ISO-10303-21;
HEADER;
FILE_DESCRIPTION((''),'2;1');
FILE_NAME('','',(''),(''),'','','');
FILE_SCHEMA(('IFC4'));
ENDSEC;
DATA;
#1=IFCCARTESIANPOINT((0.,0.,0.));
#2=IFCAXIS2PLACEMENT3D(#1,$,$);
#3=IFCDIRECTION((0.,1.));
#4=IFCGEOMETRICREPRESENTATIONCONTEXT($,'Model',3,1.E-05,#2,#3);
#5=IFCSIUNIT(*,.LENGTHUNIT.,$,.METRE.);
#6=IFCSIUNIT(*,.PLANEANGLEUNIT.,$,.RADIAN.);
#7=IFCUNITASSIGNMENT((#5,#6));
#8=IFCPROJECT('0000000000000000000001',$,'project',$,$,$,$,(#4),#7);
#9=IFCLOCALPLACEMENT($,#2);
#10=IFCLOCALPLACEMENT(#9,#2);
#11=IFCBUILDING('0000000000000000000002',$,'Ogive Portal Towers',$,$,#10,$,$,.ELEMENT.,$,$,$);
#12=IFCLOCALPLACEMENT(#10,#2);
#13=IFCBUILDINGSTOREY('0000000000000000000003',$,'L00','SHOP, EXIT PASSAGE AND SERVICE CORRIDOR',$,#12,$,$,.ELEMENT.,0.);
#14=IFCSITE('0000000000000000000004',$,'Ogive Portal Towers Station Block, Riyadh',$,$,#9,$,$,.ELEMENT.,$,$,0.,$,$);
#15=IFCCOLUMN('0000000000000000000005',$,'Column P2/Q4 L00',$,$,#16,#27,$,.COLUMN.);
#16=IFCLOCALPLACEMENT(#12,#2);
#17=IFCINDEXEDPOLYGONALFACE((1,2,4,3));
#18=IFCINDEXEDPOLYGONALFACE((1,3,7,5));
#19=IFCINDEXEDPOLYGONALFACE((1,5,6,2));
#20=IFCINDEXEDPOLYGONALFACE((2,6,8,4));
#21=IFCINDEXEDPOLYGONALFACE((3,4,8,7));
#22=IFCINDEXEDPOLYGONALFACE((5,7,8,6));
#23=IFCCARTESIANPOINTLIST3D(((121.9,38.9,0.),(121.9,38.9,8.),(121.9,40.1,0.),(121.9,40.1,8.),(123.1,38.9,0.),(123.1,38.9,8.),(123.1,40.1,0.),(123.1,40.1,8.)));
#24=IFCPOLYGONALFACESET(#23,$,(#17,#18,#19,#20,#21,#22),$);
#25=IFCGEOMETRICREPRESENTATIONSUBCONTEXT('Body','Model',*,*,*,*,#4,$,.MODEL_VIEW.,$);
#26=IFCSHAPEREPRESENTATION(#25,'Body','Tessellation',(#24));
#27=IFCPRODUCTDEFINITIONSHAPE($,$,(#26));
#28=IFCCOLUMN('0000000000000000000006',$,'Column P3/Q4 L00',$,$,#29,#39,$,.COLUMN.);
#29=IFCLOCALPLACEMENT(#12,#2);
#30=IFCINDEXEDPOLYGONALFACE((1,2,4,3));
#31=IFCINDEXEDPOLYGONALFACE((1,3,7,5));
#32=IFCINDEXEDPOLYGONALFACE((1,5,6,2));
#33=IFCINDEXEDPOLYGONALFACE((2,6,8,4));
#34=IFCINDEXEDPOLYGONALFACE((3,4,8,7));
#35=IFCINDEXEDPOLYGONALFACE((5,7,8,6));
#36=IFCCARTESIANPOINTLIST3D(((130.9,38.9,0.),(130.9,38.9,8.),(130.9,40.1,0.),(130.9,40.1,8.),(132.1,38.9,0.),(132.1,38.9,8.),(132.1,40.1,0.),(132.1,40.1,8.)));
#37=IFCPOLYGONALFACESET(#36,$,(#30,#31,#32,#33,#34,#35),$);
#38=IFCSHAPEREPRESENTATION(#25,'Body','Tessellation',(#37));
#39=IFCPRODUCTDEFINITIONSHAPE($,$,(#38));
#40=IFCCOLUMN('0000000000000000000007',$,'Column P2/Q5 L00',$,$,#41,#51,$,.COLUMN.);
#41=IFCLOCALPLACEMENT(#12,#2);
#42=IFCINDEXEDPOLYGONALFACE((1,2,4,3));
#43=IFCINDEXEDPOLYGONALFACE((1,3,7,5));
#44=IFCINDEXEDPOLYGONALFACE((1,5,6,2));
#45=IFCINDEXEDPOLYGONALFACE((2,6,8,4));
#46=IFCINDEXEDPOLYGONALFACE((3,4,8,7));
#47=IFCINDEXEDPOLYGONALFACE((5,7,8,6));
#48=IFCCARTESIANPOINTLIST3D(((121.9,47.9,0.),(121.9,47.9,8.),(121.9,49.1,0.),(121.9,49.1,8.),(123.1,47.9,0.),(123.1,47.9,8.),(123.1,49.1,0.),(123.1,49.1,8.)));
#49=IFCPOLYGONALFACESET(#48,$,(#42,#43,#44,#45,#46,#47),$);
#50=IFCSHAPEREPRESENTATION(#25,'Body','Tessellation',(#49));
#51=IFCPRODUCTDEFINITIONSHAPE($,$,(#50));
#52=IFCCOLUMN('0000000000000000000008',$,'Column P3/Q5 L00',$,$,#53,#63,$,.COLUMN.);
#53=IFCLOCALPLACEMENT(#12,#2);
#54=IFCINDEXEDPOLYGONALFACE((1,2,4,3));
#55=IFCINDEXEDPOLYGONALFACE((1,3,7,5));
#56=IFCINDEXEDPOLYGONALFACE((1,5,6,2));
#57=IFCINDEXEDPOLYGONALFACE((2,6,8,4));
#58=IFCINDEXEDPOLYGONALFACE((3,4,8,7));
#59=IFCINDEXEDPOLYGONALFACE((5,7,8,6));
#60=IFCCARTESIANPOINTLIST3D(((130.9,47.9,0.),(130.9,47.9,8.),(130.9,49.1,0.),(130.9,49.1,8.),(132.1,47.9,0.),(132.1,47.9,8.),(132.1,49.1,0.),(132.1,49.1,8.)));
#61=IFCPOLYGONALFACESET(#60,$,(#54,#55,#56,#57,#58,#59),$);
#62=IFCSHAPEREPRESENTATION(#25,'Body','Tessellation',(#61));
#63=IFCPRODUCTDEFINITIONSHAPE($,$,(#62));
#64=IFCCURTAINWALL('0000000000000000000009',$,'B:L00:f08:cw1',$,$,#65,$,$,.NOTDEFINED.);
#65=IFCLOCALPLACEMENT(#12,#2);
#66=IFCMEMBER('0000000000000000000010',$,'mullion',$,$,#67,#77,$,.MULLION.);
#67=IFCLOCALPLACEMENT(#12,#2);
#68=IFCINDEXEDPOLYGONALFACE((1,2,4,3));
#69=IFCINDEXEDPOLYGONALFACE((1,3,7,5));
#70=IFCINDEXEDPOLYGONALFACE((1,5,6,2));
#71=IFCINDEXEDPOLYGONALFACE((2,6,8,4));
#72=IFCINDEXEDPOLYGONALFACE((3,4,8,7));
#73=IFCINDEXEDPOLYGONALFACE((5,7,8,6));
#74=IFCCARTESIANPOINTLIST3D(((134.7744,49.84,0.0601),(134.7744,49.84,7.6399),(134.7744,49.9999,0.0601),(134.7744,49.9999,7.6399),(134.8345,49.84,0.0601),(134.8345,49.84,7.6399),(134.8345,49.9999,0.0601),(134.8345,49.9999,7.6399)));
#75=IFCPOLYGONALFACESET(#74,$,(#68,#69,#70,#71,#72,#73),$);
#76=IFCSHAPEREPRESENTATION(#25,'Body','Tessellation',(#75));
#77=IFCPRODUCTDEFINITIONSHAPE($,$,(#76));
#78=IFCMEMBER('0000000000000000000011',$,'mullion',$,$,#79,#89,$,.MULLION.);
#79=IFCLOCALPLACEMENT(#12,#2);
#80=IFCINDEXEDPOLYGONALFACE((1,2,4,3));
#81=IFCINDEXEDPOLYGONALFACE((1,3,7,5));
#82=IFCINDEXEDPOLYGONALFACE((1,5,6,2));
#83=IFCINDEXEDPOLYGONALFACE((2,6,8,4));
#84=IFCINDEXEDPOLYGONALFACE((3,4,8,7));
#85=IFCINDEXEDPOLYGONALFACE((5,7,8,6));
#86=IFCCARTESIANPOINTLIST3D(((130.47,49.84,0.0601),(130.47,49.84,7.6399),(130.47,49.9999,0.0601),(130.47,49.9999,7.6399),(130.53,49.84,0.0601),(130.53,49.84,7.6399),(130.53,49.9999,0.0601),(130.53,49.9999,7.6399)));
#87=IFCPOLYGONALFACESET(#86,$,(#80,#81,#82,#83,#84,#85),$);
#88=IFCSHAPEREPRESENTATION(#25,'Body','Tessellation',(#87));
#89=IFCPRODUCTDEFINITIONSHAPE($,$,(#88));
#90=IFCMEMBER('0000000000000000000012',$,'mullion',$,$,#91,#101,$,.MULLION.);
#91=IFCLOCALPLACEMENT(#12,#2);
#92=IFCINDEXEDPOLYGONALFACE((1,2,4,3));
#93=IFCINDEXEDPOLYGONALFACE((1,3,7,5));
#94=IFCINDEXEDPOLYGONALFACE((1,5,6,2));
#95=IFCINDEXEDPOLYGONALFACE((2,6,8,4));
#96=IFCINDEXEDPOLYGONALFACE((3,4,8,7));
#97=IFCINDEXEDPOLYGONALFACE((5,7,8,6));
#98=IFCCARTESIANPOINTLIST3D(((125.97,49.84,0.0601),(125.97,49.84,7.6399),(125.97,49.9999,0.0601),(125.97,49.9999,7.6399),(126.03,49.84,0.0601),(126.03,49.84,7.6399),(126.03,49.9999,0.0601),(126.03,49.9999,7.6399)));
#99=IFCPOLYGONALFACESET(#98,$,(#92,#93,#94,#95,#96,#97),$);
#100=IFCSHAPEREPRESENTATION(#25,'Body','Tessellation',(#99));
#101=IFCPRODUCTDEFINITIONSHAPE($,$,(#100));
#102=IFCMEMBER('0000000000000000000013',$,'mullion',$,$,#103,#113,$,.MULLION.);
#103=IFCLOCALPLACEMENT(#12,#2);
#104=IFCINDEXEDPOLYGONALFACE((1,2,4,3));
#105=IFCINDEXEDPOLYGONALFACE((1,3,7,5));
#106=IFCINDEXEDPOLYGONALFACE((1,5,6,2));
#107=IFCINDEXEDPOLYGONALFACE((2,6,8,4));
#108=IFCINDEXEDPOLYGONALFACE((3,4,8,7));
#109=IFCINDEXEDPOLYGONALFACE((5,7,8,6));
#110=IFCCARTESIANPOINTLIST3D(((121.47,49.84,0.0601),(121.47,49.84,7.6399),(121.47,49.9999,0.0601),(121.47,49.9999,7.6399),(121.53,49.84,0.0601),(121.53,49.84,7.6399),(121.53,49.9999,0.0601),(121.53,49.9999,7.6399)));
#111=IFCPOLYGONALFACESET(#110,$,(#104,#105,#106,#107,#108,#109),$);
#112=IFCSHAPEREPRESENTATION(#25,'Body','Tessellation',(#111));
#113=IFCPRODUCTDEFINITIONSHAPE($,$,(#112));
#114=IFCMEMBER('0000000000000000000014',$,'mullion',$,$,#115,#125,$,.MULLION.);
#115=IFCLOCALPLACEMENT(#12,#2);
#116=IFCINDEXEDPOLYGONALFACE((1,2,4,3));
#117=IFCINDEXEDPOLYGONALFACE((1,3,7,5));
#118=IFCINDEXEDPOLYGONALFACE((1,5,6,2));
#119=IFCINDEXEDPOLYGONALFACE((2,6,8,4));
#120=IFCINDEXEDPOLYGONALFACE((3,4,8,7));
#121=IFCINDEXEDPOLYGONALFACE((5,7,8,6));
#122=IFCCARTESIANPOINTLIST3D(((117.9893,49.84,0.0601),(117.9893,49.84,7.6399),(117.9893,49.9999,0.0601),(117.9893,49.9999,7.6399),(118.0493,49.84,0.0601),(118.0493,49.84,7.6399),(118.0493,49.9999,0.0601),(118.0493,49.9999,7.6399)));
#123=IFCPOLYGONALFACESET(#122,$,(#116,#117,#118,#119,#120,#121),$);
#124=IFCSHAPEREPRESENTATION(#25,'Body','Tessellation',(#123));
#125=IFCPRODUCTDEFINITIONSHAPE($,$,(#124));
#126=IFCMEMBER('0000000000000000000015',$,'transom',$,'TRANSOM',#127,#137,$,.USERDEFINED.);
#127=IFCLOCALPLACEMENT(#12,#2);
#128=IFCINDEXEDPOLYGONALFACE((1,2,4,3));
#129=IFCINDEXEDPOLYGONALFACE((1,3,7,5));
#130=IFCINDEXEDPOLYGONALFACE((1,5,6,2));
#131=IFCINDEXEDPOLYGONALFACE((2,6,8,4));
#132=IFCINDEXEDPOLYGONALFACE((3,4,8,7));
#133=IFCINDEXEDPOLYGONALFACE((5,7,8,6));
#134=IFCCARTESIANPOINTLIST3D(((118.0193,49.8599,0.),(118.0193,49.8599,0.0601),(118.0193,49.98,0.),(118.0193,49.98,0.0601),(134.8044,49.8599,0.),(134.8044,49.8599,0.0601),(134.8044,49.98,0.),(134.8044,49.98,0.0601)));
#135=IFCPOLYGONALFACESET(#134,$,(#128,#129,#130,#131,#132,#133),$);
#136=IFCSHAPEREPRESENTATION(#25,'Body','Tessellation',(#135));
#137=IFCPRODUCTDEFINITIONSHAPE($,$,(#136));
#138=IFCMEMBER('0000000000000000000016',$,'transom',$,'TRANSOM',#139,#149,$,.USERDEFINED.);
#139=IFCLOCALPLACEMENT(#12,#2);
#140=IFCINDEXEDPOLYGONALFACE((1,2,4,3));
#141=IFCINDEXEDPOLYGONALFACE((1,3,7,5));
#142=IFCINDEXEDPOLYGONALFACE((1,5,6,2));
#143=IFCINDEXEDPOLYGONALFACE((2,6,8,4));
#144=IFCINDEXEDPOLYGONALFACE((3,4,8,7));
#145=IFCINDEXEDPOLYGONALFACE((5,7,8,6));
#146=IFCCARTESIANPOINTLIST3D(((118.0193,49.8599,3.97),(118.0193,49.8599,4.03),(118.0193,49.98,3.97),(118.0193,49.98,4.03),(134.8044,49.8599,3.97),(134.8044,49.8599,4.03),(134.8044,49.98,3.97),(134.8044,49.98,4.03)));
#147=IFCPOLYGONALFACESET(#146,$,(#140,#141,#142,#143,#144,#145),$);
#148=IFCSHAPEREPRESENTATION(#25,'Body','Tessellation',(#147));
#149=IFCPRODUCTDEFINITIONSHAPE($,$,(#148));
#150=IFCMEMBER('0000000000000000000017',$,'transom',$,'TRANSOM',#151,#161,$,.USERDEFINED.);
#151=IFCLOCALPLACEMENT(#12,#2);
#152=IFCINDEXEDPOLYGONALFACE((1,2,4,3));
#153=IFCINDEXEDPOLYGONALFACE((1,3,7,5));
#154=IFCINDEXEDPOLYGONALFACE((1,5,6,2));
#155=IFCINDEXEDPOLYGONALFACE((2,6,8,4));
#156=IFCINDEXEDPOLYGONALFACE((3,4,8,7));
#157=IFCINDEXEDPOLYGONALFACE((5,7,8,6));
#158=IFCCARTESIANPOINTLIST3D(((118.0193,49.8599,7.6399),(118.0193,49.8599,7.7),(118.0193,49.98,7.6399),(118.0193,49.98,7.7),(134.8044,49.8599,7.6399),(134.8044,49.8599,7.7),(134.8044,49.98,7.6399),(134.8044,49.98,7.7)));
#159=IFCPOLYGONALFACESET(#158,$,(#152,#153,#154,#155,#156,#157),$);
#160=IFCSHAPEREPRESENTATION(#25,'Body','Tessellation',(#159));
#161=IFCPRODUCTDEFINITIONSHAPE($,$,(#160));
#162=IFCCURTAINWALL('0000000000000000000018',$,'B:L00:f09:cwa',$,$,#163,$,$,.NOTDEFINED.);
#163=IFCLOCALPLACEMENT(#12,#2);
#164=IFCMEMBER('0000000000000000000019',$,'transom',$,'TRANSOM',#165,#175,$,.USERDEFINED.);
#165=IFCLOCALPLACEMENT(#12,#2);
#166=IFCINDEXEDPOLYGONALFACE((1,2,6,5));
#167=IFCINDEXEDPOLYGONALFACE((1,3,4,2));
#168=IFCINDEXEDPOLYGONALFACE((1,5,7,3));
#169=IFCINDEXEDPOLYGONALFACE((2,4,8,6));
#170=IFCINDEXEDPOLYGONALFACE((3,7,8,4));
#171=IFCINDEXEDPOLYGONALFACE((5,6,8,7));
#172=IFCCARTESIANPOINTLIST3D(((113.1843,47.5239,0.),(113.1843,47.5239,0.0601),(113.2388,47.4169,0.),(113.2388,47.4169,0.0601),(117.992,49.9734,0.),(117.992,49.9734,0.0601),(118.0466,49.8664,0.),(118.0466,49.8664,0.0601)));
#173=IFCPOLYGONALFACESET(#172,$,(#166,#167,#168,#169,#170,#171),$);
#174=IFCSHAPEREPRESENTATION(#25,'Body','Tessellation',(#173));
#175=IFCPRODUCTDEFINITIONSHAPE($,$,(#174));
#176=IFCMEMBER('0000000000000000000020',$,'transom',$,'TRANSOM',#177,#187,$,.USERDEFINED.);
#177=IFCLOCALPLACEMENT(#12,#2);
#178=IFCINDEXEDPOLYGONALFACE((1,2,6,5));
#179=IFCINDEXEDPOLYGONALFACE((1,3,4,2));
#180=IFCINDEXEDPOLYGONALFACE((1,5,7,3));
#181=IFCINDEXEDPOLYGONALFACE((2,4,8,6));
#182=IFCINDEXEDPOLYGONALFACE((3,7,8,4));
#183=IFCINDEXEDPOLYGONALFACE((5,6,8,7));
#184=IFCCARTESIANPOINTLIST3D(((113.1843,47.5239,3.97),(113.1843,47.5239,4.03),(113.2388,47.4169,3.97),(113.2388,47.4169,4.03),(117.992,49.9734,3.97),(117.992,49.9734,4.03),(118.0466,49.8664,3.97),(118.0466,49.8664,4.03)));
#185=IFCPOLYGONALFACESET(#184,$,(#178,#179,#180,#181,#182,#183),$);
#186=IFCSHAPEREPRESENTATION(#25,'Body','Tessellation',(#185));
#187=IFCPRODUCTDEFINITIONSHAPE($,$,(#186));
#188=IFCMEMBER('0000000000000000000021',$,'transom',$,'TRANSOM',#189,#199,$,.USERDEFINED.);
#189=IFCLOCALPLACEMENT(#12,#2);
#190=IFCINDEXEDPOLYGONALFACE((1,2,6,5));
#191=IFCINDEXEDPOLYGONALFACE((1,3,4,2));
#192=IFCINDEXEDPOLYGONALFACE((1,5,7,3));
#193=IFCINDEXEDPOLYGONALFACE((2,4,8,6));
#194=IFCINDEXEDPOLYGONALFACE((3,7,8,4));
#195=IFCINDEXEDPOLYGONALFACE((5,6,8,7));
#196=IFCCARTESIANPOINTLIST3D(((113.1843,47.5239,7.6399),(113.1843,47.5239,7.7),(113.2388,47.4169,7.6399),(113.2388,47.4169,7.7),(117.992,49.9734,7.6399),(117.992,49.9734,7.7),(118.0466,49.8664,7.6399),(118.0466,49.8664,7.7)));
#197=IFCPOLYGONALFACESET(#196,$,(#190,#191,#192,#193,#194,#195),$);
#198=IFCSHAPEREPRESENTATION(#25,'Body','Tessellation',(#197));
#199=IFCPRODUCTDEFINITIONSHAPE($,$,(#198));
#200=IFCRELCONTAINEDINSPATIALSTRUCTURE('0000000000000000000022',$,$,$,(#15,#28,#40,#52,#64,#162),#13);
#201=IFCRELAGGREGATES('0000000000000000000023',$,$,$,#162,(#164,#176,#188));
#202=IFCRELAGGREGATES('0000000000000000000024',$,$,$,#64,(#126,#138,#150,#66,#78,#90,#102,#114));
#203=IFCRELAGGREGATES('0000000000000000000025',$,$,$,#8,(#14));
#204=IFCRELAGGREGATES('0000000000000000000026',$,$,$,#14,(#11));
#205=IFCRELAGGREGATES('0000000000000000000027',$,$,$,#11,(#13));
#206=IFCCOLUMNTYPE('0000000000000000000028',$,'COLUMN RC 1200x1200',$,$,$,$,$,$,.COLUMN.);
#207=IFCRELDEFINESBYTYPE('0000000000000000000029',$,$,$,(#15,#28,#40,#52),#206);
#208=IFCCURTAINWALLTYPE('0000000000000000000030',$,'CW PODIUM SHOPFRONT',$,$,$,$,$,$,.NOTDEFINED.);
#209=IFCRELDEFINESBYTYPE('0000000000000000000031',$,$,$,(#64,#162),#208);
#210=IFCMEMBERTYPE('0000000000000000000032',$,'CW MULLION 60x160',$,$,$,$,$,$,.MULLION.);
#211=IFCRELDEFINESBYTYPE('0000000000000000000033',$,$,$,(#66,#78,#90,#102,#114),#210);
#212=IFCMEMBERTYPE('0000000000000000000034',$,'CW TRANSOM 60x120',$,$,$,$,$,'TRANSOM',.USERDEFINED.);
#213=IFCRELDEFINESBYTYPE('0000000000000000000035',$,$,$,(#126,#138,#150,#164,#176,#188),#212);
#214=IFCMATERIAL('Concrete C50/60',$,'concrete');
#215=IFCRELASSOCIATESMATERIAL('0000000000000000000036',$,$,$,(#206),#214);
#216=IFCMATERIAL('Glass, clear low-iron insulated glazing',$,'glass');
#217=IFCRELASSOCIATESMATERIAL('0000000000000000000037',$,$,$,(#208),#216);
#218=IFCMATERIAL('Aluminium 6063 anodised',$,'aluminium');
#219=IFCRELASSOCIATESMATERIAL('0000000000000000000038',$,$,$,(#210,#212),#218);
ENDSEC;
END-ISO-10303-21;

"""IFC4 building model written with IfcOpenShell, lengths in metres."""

from ifc_helpers import new_model, si_unit, direction, frame, origin, origin_2d, place, context, subcontext, project, spatial, rectangle, extrude, material, material_profile, profile_set, type_object, element, aggregate, save


model = new_model("IFC4")

# Units and contexts
model_context = context("Model", 3, precision=1e-05, world=origin(), true_north=direction((0.0, 1.0)))
body_context = subcontext(model_context, "Body", "Model", "MODEL_VIEW")
ifc_project = project(units=[si_unit("LENGTHUNIT", "METRE"), si_unit("PLANEANGLEUNIT", "RADIAN")], contexts=[model_context])

# Site, building, storey
site_placement = place(None, origin())
site = spatial("IfcSite", under=ifc_project, at=site_placement, Name="Ogive Portal Towers Station Block, Riyadh", CompositionType="ELEMENT", RefElevation=0.0)
building_placement = place(site_placement, origin())
building = spatial("IfcBuilding", under=site, at=building_placement, Name="Ogive Portal Towers", CompositionType="ELEMENT")
storey_placement = place(building_placement, origin())
storey = spatial("IfcBuildingStorey", under=building, at=storey_placement, Name="L00", Description="SHOP, EXIT PASSAGE AND SERVICE CORRIDOR", CompositionType="ELEMENT", Elevation=0.0)

# Columns
ifc_material_1 = material(Name="Concrete C50/60", Category="concrete")
ifc_material_profile_1 = material_profile(ifc_material_1, rectangle(XDim=1.2, YDim=1.2, at=origin_2d()), Name="RC 1200x1200")
ifc_profile_set_1 = profile_set([ifc_material_profile_1], Name="Concrete C50/60")
column_type = type_object("IfcColumnType", Name="COLUMN RC 1200x1200", PredefinedType="COLUMN", material=ifc_profile_set_1)
for number, where, z_axis, x_axis, name in (
    (1, (122.5, 39.5, 0.0), (0.0, 0.0, 1.0), (1.0, 0.0, 0.0), "Column P2/Q4 L00"),
    (2, (131.5, 39.5, 0.0), (0.0, 0.0, 1.0), (1.0, 0.0, 0.0), "Column P3/Q4 L00"),
    (3, (122.5, 48.5, 0.0), (0.0, 0.0, 1.0), (1.0, 0.0, 0.0), "Column P2/Q5 L00"),
    (4, (131.5, 48.5, 0.0), (0.0, 0.0, 1.0), (1.0, 0.0, 0.0), "Column P3/Q5 L00"),
):
    element("IfcColumn", number, at=place(storey_placement, frame(where, z_axis=z_axis, x_axis=x_axis)), inside=storey, type_object=column_type, Name=name, PredefinedType="COLUMN", context=body_context, shape_type="SweptSolid", body=[
        extrude(rectangle(XDim=1.2, YDim=1.2, at=origin_2d()), origin(), (0.0, 0.0, 1.0), 8.0),
    ])

# Curtain walls, members
ifc_material_2 = material(Name="Glass, clear low-iron insulated glazing", Category="glass")
curtain_wall_type = type_object("IfcCurtainWallType", Name="CW PODIUM SHOPFRONT", PredefinedType="NOTDEFINED", material=ifc_material_2)
curtain_wall_1_placement = place(storey_placement, origin())
curtain_wall_1 = element("IfcCurtainWall", 5, at=curtain_wall_1_placement, inside=storey, type_object=curtain_wall_type, Name="B:L00:f08:cw1", PredefinedType="NOTDEFINED")
ifc_material_3 = material(Name="Aluminium 6063 anodised", Category="aluminium")
ifc_material_profile_2 = material_profile(ifc_material_3, rectangle(XDim=0.1599, YDim=0.0601, at=origin_2d()), Name="AL 60x160")
ifc_profile_set_2 = profile_set([ifc_material_profile_2], Name="Aluminium 6063 anodised")
member_type_1 = type_object("IfcMemberType", Name="CW MULLION 60x160", PredefinedType="MULLION", material=ifc_profile_set_2)
member_1_placement = place(storey_placement, frame((134.8044, 49.9199, 0.0601), z_axis=(0.0, 0.0, 1.0), x_axis=(0.0, -1.0, 0.0)))
member_1 = element("IfcMember", 6, at=member_1_placement, type_object=member_type_1, Name="mullion", PredefinedType="MULLION", context=body_context, shape_type="SweptSolid", body=[
    extrude(rectangle(XDim=0.1599, YDim=0.0601, at=origin_2d()), origin(), (0.0, 0.0, 1.0), 7.5798),
])
member_2_placement = place(storey_placement, frame((130.5, 49.9199, 0.0601), z_axis=(0.0, 0.0, 1.0), x_axis=(0.0, -1.0, 0.0)))
member_2 = element("IfcMember", 7, at=member_2_placement, type_object=member_type_1, Name="mullion", PredefinedType="MULLION", context=body_context, shape_type="SweptSolid", body=[
    extrude(rectangle(XDim=0.1599, YDim=0.0601, at=origin_2d()), origin(), (0.0, 0.0, 1.0), 7.5798),
])
member_3_placement = place(storey_placement, frame((126.0, 49.9199, 0.0601), z_axis=(0.0, 0.0, 1.0), x_axis=(0.0, -1.0, 0.0)))
member_3 = element("IfcMember", 8, at=member_3_placement, type_object=member_type_1, Name="mullion", PredefinedType="MULLION", context=body_context, shape_type="SweptSolid", body=[
    extrude(rectangle(XDim=0.1599, YDim=0.0601, at=origin_2d()), origin(), (0.0, 0.0, 1.0), 7.5798),
])
member_4_placement = place(storey_placement, frame((121.5, 49.9199, 0.0601), z_axis=(0.0, 0.0, 1.0), x_axis=(0.0, -1.0, 0.0)))
member_4 = element("IfcMember", 9, at=member_4_placement, type_object=member_type_1, Name="mullion", PredefinedType="MULLION", context=body_context, shape_type="SweptSolid", body=[
    extrude(rectangle(XDim=0.1599, YDim=0.0601, at=origin_2d()), origin(), (0.0, 0.0, 1.0), 7.5798),
])
member_5_placement = place(storey_placement, frame((118.0193, 49.9199, 0.0601), z_axis=(0.0, 0.0, 1.0), x_axis=(0.0, -1.0, 0.0)))
member_5 = element("IfcMember", 10, at=member_5_placement, type_object=member_type_1, Name="mullion", PredefinedType="MULLION", context=body_context, shape_type="SweptSolid", body=[
    extrude(rectangle(XDim=0.1599, YDim=0.0601, at=origin_2d()), origin(), (0.0, 0.0, 1.0), 7.5798),
])
ifc_material_profile_3 = material_profile(ifc_material_3, rectangle(XDim=0.1201, YDim=0.0601, at=origin_2d()), Name="AL 120x60")
ifc_profile_set_3 = profile_set([ifc_material_profile_3], Name="Aluminium 6063 anodised")
member_type_2 = type_object("IfcMemberType", Name="CW TRANSOM 60x120", ElementType="TRANSOM", PredefinedType="USERDEFINED", material=ifc_profile_set_3)
member_6_placement = place(storey_placement, frame((134.8044, 49.9199, 0.03), z_axis=(-1.0, 0.0, 0.0), x_axis=(0.0, -1.0, 0.0)))
member_6 = element("IfcMember", 11, at=member_6_placement, type_object=member_type_2, Name="transom", ObjectType="TRANSOM", PredefinedType="USERDEFINED", context=body_context, shape_type="SweptSolid", body=[
    extrude(rectangle(XDim=0.1201, YDim=0.0601, at=origin_2d()), origin(), (0.0, 0.0, 1.0), 16.7852),
])
member_7_placement = place(storey_placement, frame((134.8044, 49.9199, 4.0), z_axis=(-1.0, 0.0, 0.0), x_axis=(0.0, -1.0, 0.0)))
member_7 = element("IfcMember", 12, at=member_7_placement, type_object=member_type_2, Name="transom", ObjectType="TRANSOM", PredefinedType="USERDEFINED", context=body_context, shape_type="SweptSolid", body=[
    extrude(rectangle(XDim=0.1201, YDim=0.0601, at=origin_2d()), origin(), (0.0, 0.0, 1.0), 16.7852),
])
member_8_placement = place(storey_placement, frame((134.8044, 49.9199, 7.6699), z_axis=(-1.0, 0.0, 0.0), x_axis=(0.0, -1.0, 0.0)))
member_8 = element("IfcMember", 13, at=member_8_placement, type_object=member_type_2, Name="transom", ObjectType="TRANSOM", PredefinedType="USERDEFINED", context=body_context, shape_type="SweptSolid", body=[
    extrude(rectangle(XDim=0.1201, YDim=0.0601, at=origin_2d()), origin(), (0.0, 0.0, 1.0), 16.7852),
])
curtain_wall_2_placement = place(storey_placement, origin())
curtain_wall_2 = element("IfcCurtainWall", 14, at=curtain_wall_2_placement, inside=storey, type_object=curtain_wall_type, Name="B:L00:f09:cwa", PredefinedType="NOTDEFINED")
member_9_placement = place(storey_placement, frame((118.0193, 49.9199, 0.03), z_axis=(-0.891017, -0.45397, 0.0), x_axis=(0.45397, -0.891017, 0.0)))
member_9 = element("IfcMember", 15, at=member_9_placement, type_object=member_type_2, Name="transom", ObjectType="TRANSOM", PredefinedType="USERDEFINED", context=body_context, shape_type="SweptSolid", body=[
    extrude(rectangle(XDim=0.1201, YDim=0.0601, at=origin_2d()), origin(), (0.0, 0.0, 1.0), 5.3958),
])
member_10_placement = place(storey_placement, frame((118.0193, 49.9199, 4.0), z_axis=(-0.891017, -0.45397, 0.0), x_axis=(0.45397, -0.891017, 0.0)))
member_10 = element("IfcMember", 16, at=member_10_placement, type_object=member_type_2, Name="transom", ObjectType="TRANSOM", PredefinedType="USERDEFINED", context=body_context, shape_type="SweptSolid", body=[
    extrude(rectangle(XDim=0.1201, YDim=0.0601, at=origin_2d()), origin(), (0.0, 0.0, 1.0), 5.3958),
])
member_11_placement = place(storey_placement, frame((118.0193, 49.9199, 7.6699), z_axis=(-0.891017, -0.45397, 0.0), x_axis=(0.45397, -0.891017, 0.0)))
member_11 = element("IfcMember", 17, at=member_11_placement, type_object=member_type_2, Name="transom", ObjectType="TRANSOM", PredefinedType="USERDEFINED", context=body_context, shape_type="SweptSolid", body=[
    extrude(rectangle(XDim=0.1201, YDim=0.0601, at=origin_2d()), origin(), (0.0, 0.0, 1.0), 5.3958),
])
aggregate(curtain_wall_2, [member_9, member_10, member_11])

aggregate(curtain_wall_1, [member_6, member_7, member_8, member_1, member_2, member_3, member_4, member_5])

save(model, "model.ifc")
